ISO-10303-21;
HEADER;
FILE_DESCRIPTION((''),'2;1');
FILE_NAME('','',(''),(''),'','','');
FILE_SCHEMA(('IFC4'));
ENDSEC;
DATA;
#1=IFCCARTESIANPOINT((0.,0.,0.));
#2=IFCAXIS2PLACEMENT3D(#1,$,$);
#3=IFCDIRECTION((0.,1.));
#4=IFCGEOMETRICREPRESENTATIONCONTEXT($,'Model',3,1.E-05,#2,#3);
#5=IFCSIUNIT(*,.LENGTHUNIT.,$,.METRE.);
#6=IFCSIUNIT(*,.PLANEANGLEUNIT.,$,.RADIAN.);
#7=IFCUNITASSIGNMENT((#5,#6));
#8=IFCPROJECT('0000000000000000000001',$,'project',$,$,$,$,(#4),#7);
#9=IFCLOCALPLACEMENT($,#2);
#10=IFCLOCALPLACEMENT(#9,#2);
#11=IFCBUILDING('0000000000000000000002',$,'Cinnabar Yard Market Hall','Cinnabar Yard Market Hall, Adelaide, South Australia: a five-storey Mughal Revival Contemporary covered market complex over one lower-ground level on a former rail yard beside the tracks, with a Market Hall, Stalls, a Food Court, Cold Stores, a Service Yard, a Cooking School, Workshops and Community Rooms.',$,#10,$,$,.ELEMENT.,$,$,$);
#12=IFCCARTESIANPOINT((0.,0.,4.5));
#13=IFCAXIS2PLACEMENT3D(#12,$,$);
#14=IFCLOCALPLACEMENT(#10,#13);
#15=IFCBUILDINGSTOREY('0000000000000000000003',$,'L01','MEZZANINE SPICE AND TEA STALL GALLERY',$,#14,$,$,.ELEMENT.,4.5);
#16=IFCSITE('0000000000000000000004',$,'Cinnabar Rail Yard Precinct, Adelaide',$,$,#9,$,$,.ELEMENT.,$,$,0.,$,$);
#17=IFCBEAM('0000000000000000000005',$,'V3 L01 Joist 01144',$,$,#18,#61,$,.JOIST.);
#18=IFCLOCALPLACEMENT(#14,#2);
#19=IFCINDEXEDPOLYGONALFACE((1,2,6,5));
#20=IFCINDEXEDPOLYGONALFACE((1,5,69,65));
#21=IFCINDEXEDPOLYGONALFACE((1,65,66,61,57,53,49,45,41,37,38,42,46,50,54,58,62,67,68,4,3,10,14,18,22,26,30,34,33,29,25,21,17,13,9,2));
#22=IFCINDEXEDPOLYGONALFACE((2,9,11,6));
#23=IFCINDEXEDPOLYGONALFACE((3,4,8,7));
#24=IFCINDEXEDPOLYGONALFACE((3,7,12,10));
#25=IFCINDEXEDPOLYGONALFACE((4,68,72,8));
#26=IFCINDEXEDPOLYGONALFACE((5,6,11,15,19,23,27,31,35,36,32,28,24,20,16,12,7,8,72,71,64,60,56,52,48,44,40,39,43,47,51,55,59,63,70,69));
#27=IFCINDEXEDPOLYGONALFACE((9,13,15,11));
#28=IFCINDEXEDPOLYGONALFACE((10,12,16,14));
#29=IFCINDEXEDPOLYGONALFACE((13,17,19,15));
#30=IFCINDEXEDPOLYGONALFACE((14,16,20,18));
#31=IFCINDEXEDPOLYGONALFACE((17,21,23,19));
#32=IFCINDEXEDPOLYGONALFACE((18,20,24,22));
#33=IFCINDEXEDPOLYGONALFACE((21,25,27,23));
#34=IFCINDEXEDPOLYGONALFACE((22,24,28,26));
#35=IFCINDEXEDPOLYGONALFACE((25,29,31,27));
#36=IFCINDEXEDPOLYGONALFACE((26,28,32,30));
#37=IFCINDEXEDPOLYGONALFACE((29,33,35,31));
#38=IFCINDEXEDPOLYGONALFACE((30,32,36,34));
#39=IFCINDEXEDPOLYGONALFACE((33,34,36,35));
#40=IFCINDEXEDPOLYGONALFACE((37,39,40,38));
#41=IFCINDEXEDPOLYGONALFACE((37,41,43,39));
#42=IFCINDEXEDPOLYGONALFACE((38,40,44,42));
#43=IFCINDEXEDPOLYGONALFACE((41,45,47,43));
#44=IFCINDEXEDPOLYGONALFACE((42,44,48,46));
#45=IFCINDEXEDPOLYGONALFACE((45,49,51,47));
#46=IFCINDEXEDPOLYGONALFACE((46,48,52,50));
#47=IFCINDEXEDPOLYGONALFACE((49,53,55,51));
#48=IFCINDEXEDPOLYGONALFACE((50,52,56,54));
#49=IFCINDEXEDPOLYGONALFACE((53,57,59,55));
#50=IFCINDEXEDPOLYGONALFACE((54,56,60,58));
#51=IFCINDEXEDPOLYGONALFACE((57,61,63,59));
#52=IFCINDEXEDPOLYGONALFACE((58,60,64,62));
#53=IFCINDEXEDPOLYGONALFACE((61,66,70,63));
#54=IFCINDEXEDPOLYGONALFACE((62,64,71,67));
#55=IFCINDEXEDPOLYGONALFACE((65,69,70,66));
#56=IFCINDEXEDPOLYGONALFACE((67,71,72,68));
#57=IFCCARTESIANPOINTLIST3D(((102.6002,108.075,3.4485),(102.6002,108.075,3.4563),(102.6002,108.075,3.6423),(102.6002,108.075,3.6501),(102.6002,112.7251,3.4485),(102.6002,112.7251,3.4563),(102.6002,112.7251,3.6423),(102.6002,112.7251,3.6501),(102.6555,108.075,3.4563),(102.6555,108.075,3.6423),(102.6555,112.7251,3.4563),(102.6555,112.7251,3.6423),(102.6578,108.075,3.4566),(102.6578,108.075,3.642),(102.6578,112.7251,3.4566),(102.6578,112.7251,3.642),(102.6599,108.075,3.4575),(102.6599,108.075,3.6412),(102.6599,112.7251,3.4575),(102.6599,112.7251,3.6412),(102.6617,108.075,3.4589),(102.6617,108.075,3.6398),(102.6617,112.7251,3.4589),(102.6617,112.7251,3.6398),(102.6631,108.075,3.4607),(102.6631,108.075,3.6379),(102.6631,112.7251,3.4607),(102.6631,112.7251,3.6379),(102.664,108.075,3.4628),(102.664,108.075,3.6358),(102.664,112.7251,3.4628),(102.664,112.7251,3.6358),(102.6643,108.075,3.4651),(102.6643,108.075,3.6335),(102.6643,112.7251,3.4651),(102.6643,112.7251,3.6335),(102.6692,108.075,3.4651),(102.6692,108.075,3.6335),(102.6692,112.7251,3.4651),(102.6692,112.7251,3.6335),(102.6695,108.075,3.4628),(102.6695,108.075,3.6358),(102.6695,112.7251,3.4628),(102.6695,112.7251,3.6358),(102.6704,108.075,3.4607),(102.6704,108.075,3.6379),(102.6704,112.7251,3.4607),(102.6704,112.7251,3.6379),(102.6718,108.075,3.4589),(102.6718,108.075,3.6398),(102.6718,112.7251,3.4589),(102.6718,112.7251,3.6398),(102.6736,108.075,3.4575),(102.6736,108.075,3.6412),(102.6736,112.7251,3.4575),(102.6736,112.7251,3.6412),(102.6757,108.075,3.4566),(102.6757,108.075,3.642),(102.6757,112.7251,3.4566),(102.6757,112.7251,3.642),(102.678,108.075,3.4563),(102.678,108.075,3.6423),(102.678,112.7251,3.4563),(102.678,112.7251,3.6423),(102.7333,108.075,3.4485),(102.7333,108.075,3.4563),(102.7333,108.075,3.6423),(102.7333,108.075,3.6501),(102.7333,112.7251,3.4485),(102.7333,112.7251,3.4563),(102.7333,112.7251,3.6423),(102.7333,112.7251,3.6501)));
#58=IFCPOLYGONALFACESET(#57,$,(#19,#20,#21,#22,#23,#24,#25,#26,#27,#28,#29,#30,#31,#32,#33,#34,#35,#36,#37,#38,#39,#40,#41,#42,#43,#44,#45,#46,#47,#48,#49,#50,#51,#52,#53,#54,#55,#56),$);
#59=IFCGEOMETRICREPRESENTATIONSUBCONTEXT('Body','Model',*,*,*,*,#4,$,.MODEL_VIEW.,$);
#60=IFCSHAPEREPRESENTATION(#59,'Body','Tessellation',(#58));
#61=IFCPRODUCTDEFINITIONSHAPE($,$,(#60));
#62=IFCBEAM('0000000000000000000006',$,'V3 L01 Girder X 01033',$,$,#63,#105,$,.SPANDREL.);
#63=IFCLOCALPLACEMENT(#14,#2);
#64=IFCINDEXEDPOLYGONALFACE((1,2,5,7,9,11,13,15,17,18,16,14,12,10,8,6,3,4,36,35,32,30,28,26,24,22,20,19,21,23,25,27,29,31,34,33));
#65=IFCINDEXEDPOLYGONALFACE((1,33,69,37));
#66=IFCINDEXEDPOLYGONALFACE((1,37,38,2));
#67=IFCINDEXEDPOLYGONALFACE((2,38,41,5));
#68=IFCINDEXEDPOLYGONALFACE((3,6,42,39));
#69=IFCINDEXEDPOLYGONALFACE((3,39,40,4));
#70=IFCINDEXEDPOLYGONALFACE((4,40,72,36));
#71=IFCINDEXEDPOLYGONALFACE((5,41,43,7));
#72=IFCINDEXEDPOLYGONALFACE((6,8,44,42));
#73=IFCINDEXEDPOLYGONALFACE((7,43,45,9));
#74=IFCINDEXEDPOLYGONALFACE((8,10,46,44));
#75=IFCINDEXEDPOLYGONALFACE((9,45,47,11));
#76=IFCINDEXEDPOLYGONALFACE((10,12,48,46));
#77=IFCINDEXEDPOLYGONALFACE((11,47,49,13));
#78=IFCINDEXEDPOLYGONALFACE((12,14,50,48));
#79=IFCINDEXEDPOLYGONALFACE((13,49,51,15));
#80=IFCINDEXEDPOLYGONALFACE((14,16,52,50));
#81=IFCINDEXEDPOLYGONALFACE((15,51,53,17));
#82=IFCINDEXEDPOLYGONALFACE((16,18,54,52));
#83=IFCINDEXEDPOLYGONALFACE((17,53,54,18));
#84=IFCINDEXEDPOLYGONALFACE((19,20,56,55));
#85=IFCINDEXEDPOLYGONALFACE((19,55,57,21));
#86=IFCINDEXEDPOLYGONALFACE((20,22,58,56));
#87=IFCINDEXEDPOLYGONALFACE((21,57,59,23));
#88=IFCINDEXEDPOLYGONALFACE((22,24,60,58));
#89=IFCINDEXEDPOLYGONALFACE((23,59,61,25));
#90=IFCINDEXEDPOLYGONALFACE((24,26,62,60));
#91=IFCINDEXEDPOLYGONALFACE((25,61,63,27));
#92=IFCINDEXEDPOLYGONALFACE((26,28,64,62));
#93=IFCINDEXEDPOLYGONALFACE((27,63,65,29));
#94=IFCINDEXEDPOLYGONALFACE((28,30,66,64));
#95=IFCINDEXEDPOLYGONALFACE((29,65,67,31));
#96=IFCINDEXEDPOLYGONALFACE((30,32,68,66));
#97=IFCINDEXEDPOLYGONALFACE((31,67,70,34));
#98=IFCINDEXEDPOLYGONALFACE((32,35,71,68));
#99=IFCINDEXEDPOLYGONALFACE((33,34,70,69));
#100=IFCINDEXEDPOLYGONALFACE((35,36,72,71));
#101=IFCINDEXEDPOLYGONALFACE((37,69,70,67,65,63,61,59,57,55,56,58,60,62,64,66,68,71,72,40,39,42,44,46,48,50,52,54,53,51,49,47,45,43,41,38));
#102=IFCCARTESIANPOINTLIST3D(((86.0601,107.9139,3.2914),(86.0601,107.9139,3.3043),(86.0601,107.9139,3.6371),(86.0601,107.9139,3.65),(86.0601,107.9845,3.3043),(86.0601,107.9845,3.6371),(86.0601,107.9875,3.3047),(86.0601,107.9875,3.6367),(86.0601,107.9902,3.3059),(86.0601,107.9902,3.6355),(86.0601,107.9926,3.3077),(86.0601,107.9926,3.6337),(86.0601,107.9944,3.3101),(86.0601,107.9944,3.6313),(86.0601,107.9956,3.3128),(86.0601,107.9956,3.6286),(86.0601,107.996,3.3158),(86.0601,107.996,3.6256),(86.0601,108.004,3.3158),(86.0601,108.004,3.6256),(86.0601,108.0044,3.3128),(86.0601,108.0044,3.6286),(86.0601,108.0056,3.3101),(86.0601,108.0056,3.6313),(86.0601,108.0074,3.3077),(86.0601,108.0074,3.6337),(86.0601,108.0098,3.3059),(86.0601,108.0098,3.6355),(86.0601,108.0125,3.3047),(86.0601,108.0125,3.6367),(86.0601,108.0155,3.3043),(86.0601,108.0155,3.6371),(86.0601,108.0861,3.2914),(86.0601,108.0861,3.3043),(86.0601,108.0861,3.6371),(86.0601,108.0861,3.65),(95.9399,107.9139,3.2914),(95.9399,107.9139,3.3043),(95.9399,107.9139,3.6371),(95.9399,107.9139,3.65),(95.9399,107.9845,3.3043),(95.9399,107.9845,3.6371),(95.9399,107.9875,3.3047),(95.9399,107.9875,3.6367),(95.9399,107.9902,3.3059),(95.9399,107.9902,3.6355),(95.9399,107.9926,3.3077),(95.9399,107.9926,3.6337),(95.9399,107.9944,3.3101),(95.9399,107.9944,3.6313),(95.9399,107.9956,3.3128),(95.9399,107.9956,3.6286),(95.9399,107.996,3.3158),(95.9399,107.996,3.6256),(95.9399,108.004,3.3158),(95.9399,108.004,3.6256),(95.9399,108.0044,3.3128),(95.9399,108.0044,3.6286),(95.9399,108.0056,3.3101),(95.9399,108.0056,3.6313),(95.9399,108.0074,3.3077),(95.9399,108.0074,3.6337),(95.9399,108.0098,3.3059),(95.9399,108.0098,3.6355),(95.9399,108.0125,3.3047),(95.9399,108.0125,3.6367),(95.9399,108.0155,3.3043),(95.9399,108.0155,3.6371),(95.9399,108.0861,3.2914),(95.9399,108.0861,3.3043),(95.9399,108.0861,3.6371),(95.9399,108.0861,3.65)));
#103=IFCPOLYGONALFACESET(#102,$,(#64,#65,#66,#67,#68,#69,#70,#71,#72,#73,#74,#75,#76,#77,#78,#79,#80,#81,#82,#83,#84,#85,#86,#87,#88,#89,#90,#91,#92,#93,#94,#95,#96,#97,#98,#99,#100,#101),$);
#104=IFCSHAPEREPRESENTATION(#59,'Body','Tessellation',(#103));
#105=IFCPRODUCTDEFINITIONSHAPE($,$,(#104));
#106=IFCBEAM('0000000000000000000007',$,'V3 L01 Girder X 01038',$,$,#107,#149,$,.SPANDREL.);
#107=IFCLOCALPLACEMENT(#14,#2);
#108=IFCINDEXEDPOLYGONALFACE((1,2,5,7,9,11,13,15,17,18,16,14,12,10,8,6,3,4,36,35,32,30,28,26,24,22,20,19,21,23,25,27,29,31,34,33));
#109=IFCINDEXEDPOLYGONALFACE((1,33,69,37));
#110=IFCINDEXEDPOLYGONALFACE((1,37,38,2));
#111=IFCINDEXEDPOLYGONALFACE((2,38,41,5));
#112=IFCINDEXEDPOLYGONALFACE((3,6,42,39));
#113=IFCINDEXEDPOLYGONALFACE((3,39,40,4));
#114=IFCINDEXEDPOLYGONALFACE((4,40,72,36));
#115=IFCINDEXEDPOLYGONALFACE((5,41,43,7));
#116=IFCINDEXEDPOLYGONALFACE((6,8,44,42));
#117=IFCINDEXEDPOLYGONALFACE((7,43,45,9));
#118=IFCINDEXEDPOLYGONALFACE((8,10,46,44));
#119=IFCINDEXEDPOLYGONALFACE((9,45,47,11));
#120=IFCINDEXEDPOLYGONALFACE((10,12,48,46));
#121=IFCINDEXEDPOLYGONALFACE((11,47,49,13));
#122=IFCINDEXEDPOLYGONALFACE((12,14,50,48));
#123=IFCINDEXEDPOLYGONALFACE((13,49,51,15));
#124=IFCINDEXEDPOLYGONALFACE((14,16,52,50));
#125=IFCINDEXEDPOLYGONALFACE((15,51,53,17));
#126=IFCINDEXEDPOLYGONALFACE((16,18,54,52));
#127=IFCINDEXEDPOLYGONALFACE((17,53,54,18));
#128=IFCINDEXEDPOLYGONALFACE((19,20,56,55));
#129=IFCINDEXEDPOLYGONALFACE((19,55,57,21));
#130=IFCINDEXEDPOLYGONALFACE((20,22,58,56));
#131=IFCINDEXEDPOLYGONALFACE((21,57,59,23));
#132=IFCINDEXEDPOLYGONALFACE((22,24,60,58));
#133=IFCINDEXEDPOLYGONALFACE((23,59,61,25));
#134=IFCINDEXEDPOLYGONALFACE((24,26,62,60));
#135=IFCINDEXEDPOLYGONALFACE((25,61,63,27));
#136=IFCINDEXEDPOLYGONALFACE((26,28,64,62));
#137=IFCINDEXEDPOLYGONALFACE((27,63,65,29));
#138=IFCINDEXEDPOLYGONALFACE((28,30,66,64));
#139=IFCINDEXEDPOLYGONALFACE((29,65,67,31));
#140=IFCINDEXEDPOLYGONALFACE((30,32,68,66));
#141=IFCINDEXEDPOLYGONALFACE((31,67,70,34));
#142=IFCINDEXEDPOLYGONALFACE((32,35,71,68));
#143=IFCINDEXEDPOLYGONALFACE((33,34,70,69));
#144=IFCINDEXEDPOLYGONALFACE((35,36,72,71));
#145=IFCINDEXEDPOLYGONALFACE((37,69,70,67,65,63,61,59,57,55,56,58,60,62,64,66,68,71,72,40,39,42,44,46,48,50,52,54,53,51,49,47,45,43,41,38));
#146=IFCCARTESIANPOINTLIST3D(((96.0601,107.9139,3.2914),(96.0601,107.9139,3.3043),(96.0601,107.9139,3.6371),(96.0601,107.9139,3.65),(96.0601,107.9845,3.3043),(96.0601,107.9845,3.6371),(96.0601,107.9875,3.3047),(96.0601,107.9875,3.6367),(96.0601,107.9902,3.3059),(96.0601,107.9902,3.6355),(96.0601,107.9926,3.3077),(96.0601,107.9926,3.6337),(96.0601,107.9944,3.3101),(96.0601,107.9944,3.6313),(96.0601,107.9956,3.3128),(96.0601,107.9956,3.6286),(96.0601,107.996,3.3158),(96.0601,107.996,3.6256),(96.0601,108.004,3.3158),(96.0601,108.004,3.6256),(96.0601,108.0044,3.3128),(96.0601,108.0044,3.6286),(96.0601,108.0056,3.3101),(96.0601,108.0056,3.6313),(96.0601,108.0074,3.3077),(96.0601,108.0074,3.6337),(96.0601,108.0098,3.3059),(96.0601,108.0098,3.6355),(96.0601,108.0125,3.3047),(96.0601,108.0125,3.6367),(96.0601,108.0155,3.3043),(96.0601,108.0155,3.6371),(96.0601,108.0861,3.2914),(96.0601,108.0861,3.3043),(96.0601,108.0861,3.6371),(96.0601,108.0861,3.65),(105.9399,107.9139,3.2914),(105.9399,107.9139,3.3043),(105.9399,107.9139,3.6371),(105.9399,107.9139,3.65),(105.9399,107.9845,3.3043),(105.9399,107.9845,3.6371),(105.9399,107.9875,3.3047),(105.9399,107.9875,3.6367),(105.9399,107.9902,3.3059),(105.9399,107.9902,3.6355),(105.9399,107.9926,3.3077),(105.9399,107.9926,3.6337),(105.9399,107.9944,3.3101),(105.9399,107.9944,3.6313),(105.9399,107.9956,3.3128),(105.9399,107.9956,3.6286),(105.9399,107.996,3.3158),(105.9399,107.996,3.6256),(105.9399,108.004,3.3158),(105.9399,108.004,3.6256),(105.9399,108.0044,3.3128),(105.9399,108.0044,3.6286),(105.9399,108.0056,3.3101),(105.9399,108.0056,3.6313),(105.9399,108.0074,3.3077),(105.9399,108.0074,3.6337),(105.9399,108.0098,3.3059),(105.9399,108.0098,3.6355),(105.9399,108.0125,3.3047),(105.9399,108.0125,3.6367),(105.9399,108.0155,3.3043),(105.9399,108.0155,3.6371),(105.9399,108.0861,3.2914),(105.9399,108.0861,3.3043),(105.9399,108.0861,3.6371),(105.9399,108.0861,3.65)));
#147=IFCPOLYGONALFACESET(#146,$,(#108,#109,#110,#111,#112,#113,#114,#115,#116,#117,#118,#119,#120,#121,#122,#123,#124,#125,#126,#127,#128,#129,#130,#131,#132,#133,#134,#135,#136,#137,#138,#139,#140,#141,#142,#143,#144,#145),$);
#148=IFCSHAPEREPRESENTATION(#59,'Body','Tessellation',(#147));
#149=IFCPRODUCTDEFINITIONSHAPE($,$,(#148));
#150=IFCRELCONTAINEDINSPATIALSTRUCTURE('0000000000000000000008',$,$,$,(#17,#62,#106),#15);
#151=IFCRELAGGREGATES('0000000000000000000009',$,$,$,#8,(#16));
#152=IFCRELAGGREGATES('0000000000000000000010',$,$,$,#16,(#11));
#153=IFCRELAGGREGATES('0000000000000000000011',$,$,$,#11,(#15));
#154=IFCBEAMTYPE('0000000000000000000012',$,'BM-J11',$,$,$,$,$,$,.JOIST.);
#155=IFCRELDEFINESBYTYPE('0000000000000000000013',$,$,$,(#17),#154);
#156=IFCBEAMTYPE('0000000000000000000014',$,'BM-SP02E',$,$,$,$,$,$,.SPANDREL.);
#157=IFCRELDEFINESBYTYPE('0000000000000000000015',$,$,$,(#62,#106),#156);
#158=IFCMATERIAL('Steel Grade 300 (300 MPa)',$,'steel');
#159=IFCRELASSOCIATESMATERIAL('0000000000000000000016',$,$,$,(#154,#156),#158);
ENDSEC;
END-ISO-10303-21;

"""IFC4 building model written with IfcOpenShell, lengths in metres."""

from ifc_helpers import new_model, si_unit, direction, frame, origin, origin_2d_with_axis, place, context, subcontext, project, spatial, i_section, extrude, material, material_profile, profile_set, type_object, element, save


model = new_model("IFC4")

# Units and contexts
model_context = context("Model", 3, precision=1e-05, world=origin(), true_north=direction((0.0, 1.0)))
body_context = subcontext(model_context, "Body", "Model", "MODEL_VIEW")
ifc_project = project(units=[si_unit("LENGTHUNIT", "METRE"), si_unit("PLANEANGLEUNIT", "RADIAN")], contexts=[model_context])

# Site, building, storey
site_placement = place(None, origin())
site = spatial("IfcSite", under=ifc_project, at=site_placement, Name="Cinnabar Rail Yard Precinct, Adelaide", CompositionType="ELEMENT", RefElevation=0.0)
building_placement = place(site_placement, origin())
building = spatial("IfcBuilding", under=site, at=building_placement, Name="Cinnabar Yard Market Hall", Description="Cinnabar Yard Market Hall, Adelaide, South Australia: a five-storey Mughal Revival Contemporary covered market complex over one lower-ground level on a former rail yard beside the tracks, with a Market Hall, Stalls, a Food Court, Cold Stores, a Service Yard, a Cooking School, Workshops and Community Rooms.", CompositionType="ELEMENT")
storey_placement = place(building_placement, frame((0.0, 0.0, 4.5)))
storey = spatial("IfcBuildingStorey", under=building, at=storey_placement, Name="L01", Description="MEZZANINE SPICE AND TEA STALL GALLERY", CompositionType="ELEMENT", Elevation=4.5)

# Shared definitions
ifc_material_1 = material(Name="Steel Grade 300 (300 MPa)", Category="steel")

# Beams
ifc_material_profile_1 = material_profile(ifc_material_1, i_section(OverallWidth=0.1331, OverallDepth=0.2017, WebThickness=0.0049, FlangeThickness=0.0078, FilletRadius=0.0088, at=origin_2d_with_axis()), Name="200UB22.3")
ifc_profile_set_1 = profile_set([ifc_material_profile_1], Name="Steel Grade 300 (300 MPa)")
beam_type_1 = type_object("IfcBeamType", Name="BM-J11", PredefinedType="JOIST", material=ifc_profile_set_1)
for number, where, z_axis, x_axis, name in (
    (1, (102.6667, 108.075, 3.5493), (0.0, 1.0, 0.0), (-1.0, 0.0, 0.0), "V3 L01 Joist 01144"),
):
    element("IfcBeam", number, at=place(storey_placement, frame(where, z_axis=z_axis, x_axis=x_axis)), inside=storey, type_object=beam_type_1, Name=name, PredefinedType="JOIST", context=body_context, shape_type="SweptSolid", body=[
        extrude(i_section(OverallWidth=0.1331, OverallDepth=0.2017, WebThickness=0.0049, FlangeThickness=0.0078, FilletRadius=0.0088, at=origin_2d_with_axis()), origin(), (0.0, 0.0, 1.0), 4.6501),
    ])
ifc_material_profile_2 = material_profile(ifc_material_1, i_section(OverallWidth=0.1721, OverallDepth=0.3586, WebThickness=0.0081, FlangeThickness=0.0129, FilletRadius=0.0115, at=origin_2d_with_axis()), Name="360UB56.7")
ifc_profile_set_2 = profile_set([ifc_material_profile_2], Name="Steel Grade 300 (300 MPa)")
beam_type_2 = type_object("IfcBeamType", Name="BM-SP02E", PredefinedType="SPANDREL", material=ifc_profile_set_2)
for number, where, z_axis, x_axis, name in (
    (2, (86.0601, 108.0, 3.4707), (1.0, 0.0, 0.0), (0.0, 1.0, 0.0), "V3 L01 Girder X 01033"),
    (3, (96.0601, 108.0, 3.4707), (1.0, 0.0, 0.0), (0.0, 1.0, 0.0), "V3 L01 Girder X 01038"),
):
    element("IfcBeam", number, at=place(storey_placement, frame(where, z_axis=z_axis, x_axis=x_axis)), inside=storey, type_object=beam_type_2, Name=name, PredefinedType="SPANDREL", context=body_context, shape_type="SweptSolid", body=[
        extrude(i_section(OverallWidth=0.1721, OverallDepth=0.3586, WebThickness=0.0081, FlangeThickness=0.0129, FilletRadius=0.0115, at=origin_2d_with_axis()), origin(), (0.0, 0.0, 1.0), 9.8799),
    ])

save(model, "model.ifc")
